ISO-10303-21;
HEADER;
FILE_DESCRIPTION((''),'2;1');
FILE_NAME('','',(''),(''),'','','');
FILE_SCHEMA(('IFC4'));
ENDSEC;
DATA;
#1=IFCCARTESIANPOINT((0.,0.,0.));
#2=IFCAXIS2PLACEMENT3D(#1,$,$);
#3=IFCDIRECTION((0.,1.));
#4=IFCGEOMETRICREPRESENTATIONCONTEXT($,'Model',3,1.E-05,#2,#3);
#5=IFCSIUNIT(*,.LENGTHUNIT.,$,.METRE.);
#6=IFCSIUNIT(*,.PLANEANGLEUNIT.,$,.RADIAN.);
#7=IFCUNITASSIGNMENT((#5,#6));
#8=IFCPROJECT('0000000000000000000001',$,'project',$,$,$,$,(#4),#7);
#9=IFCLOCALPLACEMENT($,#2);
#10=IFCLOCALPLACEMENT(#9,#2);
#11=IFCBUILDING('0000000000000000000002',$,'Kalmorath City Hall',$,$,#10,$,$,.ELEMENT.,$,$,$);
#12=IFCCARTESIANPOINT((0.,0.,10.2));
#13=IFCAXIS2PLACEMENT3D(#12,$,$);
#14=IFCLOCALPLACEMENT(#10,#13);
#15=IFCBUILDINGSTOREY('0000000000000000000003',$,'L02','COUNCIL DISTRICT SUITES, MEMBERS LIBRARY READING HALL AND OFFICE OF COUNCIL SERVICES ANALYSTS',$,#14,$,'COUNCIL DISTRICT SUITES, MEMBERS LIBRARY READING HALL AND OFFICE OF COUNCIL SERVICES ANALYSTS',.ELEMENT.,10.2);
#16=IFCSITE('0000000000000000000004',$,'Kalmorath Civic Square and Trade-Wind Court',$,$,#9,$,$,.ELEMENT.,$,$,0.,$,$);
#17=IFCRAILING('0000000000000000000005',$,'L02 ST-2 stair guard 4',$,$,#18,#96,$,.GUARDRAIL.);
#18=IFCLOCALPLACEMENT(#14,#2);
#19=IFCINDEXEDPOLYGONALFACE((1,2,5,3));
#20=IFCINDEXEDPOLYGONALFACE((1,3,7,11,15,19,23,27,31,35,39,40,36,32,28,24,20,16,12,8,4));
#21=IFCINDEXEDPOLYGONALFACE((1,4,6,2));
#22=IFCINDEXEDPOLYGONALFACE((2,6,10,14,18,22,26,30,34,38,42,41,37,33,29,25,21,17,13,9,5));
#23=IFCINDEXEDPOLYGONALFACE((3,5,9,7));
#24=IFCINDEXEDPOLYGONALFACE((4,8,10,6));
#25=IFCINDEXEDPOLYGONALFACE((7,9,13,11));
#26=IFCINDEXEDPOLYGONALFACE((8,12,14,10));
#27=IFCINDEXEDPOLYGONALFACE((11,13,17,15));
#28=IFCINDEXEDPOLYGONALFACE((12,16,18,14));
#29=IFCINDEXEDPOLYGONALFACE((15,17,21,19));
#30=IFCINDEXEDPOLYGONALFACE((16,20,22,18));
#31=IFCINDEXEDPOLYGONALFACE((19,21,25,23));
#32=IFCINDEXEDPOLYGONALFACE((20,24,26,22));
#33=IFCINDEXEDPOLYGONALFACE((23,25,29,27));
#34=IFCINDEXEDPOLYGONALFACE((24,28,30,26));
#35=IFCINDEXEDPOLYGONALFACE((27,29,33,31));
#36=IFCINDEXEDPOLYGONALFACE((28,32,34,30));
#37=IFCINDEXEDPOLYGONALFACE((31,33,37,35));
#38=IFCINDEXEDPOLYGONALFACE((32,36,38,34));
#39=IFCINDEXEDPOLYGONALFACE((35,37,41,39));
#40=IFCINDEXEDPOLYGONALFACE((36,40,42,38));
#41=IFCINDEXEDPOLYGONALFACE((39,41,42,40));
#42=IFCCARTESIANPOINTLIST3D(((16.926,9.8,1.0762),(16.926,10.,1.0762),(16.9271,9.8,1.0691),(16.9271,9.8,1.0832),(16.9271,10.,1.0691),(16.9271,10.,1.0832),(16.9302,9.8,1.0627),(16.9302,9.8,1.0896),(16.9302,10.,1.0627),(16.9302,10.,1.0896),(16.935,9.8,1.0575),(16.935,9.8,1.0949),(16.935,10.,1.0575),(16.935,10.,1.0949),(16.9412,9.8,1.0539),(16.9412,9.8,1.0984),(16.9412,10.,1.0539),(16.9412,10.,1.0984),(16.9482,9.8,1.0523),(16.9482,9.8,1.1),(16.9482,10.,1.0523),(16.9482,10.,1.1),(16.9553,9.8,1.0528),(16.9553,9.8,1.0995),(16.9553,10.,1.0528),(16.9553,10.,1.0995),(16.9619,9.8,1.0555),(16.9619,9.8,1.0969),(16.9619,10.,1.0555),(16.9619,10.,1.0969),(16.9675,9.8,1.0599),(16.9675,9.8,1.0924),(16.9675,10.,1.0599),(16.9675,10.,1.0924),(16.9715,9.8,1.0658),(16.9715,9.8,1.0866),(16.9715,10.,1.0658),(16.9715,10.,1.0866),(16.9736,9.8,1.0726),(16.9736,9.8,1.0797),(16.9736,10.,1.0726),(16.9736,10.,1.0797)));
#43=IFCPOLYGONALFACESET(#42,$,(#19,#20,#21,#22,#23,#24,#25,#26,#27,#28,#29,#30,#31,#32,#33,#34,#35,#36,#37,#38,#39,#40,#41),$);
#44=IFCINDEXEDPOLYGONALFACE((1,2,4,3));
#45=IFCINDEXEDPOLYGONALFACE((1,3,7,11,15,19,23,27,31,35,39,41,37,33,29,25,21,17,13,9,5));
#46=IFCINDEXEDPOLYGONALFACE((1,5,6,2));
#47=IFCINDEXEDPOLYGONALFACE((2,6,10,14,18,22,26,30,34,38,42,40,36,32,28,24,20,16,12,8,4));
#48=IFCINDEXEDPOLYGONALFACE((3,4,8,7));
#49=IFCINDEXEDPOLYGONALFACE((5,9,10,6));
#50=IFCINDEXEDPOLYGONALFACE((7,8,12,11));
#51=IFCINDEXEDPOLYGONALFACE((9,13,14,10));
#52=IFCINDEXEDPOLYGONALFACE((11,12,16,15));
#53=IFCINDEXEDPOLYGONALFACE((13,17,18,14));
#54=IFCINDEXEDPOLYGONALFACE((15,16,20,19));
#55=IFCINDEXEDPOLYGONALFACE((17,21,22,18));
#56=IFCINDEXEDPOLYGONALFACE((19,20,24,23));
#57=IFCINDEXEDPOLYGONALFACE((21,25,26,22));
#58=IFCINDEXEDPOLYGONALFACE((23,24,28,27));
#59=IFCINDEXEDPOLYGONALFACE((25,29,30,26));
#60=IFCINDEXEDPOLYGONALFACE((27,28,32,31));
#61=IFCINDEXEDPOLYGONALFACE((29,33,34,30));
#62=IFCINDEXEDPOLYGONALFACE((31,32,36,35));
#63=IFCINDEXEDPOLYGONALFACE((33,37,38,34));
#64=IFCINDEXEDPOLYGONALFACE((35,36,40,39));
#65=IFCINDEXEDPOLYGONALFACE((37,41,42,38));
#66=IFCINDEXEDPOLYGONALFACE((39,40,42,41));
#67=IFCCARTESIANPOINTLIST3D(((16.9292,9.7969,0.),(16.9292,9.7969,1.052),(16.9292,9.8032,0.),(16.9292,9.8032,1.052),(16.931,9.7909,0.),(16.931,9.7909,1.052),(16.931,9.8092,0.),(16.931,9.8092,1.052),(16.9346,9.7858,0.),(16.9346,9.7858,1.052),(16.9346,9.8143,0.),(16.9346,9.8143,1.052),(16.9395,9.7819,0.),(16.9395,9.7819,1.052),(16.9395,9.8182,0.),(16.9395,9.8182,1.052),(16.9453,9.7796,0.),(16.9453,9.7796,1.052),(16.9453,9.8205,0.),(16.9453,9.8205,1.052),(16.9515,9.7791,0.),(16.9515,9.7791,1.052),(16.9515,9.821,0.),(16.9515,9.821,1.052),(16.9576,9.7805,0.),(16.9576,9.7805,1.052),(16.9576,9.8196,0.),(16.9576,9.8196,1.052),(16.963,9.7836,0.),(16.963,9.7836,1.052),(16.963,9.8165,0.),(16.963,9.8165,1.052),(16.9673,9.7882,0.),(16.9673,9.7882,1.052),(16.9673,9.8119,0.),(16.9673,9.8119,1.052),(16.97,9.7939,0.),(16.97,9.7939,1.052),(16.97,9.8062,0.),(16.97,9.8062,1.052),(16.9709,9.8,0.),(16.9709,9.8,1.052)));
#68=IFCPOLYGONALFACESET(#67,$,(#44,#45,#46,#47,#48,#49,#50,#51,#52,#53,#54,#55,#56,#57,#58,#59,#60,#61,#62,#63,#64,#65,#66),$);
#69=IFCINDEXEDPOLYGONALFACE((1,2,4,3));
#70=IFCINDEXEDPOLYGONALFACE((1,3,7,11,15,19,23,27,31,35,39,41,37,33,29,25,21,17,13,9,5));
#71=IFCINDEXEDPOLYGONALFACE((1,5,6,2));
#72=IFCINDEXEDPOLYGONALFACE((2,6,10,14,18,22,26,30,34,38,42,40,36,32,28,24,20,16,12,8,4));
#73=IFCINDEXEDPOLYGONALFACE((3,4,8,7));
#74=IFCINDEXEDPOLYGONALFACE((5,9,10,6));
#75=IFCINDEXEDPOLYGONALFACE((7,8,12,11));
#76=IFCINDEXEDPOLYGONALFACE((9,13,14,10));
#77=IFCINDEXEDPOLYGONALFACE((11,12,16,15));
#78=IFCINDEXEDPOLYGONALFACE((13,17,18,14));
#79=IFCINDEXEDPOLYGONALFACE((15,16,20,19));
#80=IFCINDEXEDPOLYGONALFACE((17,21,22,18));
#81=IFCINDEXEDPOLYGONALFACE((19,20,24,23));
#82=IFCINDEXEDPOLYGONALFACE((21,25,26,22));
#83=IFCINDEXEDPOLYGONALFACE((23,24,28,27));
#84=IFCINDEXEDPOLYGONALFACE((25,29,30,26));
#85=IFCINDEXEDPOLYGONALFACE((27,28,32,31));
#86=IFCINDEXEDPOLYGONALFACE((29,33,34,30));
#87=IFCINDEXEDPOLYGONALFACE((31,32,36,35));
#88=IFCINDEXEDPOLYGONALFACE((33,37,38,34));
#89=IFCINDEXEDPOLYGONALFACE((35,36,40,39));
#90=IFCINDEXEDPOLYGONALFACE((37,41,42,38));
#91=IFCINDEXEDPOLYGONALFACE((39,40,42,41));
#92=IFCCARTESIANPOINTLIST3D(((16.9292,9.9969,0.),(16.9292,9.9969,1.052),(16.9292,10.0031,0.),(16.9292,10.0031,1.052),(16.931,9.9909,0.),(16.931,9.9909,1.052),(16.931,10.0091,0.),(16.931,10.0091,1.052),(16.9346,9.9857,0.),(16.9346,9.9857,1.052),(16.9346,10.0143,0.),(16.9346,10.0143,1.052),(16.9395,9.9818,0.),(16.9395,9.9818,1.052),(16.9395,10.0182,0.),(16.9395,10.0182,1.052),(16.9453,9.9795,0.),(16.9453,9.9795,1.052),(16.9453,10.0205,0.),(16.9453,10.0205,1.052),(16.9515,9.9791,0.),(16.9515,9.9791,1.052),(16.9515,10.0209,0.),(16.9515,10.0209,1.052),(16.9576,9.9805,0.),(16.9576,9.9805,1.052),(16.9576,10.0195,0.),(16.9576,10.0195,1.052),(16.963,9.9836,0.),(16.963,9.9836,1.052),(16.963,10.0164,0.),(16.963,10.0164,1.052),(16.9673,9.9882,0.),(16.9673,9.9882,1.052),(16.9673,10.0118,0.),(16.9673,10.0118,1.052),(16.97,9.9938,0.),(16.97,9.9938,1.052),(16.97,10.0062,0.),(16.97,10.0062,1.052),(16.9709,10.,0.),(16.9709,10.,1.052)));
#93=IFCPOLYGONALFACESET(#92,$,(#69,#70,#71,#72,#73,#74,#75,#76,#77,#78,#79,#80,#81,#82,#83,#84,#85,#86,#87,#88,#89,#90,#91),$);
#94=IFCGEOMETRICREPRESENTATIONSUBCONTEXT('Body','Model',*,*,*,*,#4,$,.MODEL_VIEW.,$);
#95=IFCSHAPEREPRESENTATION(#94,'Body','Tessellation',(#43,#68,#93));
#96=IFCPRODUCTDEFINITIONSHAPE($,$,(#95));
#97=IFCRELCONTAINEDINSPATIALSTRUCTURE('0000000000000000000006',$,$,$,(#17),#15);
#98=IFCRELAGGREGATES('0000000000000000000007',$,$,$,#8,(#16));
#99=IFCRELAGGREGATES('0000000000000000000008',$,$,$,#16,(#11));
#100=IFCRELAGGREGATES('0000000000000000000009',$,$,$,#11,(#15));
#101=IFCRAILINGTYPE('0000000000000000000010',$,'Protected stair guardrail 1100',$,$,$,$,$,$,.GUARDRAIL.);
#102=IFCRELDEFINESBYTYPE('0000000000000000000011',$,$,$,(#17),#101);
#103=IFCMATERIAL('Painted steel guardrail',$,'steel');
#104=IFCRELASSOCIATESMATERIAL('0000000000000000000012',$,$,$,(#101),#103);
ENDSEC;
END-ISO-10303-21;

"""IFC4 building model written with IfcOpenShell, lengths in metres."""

from ifc_helpers import new_model, si_unit, direction, frame, origin, origin_2d, place, context, subcontext, project, spatial, circle, extrude, material, type_object, element, save


model = new_model("IFC4")

# Units and contexts
model_context = context("Model", 3, precision=1e-05, world=origin(), true_north=direction((0.0, 1.0)))
body_context = subcontext(model_context, "Body", "Model", "MODEL_VIEW")
ifc_project = project(units=[si_unit("LENGTHUNIT", "METRE"), si_unit("PLANEANGLEUNIT", "RADIAN")], contexts=[model_context])

# Site, building, storey
site_placement = place(None, origin())
site = spatial("IfcSite", under=ifc_project, at=site_placement, Name="Kalmorath Civic Square and Trade-Wind Court", CompositionType="ELEMENT", RefElevation=0.0)
building_placement = place(site_placement, origin())
building = spatial("IfcBuilding", under=site, at=building_placement, Name="Kalmorath City Hall", CompositionType="ELEMENT")
storey_placement = place(building_placement, frame((0.0, 0.0, 10.2)))
storey = spatial("IfcBuildingStorey", under=building, at=storey_placement, Name="L02", Description="COUNCIL DISTRICT SUITES, MEMBERS LIBRARY READING HALL AND OFFICE OF COUNCIL SERVICES ANALYSTS", LongName="COUNCIL DISTRICT SUITES, MEMBERS LIBRARY READING HALL AND OFFICE OF COUNCIL SERVICES ANALYSTS", CompositionType="ELEMENT", Elevation=10.2)

# Railing
ifc_material_1 = material(Name="Painted steel guardrail", Category="steel")
railing_type_1 = type_object("IfcRailingType", Name="Protected stair guardrail 1100", PredefinedType="GUARDRAIL", material=ifc_material_1)
railing_1_placement = place(storey_placement, frame((16.95, 9.8, 0.0)))
element("IfcRailing", 1, at=railing_1_placement, inside=storey, type_object=railing_type_1, Name="L02 ST-2 stair guard 4", PredefinedType="GUARDRAIL", context=body_context, shape_type="SweptSolid", body=[
    extrude(circle(Radius=0.0239, at=origin_2d()), frame((0.0, 0.0, 1.0762), z_axis=(0.0, 1.0, 0.0), x_axis=(-1.0, 0.0, 0.0)), (0.0, 0.0, 1.0), 0.2),
    extrude(circle(Radius=0.021, at=origin_2d()), origin(), (0.0, 0.0, 1.0), 1.052),
    extrude(circle(Radius=0.021, at=origin_2d()), frame((0.0, 0.2, 0.0)), (0.0, 0.0, 1.0), 1.052),
])

save(model, "model.ifc")
